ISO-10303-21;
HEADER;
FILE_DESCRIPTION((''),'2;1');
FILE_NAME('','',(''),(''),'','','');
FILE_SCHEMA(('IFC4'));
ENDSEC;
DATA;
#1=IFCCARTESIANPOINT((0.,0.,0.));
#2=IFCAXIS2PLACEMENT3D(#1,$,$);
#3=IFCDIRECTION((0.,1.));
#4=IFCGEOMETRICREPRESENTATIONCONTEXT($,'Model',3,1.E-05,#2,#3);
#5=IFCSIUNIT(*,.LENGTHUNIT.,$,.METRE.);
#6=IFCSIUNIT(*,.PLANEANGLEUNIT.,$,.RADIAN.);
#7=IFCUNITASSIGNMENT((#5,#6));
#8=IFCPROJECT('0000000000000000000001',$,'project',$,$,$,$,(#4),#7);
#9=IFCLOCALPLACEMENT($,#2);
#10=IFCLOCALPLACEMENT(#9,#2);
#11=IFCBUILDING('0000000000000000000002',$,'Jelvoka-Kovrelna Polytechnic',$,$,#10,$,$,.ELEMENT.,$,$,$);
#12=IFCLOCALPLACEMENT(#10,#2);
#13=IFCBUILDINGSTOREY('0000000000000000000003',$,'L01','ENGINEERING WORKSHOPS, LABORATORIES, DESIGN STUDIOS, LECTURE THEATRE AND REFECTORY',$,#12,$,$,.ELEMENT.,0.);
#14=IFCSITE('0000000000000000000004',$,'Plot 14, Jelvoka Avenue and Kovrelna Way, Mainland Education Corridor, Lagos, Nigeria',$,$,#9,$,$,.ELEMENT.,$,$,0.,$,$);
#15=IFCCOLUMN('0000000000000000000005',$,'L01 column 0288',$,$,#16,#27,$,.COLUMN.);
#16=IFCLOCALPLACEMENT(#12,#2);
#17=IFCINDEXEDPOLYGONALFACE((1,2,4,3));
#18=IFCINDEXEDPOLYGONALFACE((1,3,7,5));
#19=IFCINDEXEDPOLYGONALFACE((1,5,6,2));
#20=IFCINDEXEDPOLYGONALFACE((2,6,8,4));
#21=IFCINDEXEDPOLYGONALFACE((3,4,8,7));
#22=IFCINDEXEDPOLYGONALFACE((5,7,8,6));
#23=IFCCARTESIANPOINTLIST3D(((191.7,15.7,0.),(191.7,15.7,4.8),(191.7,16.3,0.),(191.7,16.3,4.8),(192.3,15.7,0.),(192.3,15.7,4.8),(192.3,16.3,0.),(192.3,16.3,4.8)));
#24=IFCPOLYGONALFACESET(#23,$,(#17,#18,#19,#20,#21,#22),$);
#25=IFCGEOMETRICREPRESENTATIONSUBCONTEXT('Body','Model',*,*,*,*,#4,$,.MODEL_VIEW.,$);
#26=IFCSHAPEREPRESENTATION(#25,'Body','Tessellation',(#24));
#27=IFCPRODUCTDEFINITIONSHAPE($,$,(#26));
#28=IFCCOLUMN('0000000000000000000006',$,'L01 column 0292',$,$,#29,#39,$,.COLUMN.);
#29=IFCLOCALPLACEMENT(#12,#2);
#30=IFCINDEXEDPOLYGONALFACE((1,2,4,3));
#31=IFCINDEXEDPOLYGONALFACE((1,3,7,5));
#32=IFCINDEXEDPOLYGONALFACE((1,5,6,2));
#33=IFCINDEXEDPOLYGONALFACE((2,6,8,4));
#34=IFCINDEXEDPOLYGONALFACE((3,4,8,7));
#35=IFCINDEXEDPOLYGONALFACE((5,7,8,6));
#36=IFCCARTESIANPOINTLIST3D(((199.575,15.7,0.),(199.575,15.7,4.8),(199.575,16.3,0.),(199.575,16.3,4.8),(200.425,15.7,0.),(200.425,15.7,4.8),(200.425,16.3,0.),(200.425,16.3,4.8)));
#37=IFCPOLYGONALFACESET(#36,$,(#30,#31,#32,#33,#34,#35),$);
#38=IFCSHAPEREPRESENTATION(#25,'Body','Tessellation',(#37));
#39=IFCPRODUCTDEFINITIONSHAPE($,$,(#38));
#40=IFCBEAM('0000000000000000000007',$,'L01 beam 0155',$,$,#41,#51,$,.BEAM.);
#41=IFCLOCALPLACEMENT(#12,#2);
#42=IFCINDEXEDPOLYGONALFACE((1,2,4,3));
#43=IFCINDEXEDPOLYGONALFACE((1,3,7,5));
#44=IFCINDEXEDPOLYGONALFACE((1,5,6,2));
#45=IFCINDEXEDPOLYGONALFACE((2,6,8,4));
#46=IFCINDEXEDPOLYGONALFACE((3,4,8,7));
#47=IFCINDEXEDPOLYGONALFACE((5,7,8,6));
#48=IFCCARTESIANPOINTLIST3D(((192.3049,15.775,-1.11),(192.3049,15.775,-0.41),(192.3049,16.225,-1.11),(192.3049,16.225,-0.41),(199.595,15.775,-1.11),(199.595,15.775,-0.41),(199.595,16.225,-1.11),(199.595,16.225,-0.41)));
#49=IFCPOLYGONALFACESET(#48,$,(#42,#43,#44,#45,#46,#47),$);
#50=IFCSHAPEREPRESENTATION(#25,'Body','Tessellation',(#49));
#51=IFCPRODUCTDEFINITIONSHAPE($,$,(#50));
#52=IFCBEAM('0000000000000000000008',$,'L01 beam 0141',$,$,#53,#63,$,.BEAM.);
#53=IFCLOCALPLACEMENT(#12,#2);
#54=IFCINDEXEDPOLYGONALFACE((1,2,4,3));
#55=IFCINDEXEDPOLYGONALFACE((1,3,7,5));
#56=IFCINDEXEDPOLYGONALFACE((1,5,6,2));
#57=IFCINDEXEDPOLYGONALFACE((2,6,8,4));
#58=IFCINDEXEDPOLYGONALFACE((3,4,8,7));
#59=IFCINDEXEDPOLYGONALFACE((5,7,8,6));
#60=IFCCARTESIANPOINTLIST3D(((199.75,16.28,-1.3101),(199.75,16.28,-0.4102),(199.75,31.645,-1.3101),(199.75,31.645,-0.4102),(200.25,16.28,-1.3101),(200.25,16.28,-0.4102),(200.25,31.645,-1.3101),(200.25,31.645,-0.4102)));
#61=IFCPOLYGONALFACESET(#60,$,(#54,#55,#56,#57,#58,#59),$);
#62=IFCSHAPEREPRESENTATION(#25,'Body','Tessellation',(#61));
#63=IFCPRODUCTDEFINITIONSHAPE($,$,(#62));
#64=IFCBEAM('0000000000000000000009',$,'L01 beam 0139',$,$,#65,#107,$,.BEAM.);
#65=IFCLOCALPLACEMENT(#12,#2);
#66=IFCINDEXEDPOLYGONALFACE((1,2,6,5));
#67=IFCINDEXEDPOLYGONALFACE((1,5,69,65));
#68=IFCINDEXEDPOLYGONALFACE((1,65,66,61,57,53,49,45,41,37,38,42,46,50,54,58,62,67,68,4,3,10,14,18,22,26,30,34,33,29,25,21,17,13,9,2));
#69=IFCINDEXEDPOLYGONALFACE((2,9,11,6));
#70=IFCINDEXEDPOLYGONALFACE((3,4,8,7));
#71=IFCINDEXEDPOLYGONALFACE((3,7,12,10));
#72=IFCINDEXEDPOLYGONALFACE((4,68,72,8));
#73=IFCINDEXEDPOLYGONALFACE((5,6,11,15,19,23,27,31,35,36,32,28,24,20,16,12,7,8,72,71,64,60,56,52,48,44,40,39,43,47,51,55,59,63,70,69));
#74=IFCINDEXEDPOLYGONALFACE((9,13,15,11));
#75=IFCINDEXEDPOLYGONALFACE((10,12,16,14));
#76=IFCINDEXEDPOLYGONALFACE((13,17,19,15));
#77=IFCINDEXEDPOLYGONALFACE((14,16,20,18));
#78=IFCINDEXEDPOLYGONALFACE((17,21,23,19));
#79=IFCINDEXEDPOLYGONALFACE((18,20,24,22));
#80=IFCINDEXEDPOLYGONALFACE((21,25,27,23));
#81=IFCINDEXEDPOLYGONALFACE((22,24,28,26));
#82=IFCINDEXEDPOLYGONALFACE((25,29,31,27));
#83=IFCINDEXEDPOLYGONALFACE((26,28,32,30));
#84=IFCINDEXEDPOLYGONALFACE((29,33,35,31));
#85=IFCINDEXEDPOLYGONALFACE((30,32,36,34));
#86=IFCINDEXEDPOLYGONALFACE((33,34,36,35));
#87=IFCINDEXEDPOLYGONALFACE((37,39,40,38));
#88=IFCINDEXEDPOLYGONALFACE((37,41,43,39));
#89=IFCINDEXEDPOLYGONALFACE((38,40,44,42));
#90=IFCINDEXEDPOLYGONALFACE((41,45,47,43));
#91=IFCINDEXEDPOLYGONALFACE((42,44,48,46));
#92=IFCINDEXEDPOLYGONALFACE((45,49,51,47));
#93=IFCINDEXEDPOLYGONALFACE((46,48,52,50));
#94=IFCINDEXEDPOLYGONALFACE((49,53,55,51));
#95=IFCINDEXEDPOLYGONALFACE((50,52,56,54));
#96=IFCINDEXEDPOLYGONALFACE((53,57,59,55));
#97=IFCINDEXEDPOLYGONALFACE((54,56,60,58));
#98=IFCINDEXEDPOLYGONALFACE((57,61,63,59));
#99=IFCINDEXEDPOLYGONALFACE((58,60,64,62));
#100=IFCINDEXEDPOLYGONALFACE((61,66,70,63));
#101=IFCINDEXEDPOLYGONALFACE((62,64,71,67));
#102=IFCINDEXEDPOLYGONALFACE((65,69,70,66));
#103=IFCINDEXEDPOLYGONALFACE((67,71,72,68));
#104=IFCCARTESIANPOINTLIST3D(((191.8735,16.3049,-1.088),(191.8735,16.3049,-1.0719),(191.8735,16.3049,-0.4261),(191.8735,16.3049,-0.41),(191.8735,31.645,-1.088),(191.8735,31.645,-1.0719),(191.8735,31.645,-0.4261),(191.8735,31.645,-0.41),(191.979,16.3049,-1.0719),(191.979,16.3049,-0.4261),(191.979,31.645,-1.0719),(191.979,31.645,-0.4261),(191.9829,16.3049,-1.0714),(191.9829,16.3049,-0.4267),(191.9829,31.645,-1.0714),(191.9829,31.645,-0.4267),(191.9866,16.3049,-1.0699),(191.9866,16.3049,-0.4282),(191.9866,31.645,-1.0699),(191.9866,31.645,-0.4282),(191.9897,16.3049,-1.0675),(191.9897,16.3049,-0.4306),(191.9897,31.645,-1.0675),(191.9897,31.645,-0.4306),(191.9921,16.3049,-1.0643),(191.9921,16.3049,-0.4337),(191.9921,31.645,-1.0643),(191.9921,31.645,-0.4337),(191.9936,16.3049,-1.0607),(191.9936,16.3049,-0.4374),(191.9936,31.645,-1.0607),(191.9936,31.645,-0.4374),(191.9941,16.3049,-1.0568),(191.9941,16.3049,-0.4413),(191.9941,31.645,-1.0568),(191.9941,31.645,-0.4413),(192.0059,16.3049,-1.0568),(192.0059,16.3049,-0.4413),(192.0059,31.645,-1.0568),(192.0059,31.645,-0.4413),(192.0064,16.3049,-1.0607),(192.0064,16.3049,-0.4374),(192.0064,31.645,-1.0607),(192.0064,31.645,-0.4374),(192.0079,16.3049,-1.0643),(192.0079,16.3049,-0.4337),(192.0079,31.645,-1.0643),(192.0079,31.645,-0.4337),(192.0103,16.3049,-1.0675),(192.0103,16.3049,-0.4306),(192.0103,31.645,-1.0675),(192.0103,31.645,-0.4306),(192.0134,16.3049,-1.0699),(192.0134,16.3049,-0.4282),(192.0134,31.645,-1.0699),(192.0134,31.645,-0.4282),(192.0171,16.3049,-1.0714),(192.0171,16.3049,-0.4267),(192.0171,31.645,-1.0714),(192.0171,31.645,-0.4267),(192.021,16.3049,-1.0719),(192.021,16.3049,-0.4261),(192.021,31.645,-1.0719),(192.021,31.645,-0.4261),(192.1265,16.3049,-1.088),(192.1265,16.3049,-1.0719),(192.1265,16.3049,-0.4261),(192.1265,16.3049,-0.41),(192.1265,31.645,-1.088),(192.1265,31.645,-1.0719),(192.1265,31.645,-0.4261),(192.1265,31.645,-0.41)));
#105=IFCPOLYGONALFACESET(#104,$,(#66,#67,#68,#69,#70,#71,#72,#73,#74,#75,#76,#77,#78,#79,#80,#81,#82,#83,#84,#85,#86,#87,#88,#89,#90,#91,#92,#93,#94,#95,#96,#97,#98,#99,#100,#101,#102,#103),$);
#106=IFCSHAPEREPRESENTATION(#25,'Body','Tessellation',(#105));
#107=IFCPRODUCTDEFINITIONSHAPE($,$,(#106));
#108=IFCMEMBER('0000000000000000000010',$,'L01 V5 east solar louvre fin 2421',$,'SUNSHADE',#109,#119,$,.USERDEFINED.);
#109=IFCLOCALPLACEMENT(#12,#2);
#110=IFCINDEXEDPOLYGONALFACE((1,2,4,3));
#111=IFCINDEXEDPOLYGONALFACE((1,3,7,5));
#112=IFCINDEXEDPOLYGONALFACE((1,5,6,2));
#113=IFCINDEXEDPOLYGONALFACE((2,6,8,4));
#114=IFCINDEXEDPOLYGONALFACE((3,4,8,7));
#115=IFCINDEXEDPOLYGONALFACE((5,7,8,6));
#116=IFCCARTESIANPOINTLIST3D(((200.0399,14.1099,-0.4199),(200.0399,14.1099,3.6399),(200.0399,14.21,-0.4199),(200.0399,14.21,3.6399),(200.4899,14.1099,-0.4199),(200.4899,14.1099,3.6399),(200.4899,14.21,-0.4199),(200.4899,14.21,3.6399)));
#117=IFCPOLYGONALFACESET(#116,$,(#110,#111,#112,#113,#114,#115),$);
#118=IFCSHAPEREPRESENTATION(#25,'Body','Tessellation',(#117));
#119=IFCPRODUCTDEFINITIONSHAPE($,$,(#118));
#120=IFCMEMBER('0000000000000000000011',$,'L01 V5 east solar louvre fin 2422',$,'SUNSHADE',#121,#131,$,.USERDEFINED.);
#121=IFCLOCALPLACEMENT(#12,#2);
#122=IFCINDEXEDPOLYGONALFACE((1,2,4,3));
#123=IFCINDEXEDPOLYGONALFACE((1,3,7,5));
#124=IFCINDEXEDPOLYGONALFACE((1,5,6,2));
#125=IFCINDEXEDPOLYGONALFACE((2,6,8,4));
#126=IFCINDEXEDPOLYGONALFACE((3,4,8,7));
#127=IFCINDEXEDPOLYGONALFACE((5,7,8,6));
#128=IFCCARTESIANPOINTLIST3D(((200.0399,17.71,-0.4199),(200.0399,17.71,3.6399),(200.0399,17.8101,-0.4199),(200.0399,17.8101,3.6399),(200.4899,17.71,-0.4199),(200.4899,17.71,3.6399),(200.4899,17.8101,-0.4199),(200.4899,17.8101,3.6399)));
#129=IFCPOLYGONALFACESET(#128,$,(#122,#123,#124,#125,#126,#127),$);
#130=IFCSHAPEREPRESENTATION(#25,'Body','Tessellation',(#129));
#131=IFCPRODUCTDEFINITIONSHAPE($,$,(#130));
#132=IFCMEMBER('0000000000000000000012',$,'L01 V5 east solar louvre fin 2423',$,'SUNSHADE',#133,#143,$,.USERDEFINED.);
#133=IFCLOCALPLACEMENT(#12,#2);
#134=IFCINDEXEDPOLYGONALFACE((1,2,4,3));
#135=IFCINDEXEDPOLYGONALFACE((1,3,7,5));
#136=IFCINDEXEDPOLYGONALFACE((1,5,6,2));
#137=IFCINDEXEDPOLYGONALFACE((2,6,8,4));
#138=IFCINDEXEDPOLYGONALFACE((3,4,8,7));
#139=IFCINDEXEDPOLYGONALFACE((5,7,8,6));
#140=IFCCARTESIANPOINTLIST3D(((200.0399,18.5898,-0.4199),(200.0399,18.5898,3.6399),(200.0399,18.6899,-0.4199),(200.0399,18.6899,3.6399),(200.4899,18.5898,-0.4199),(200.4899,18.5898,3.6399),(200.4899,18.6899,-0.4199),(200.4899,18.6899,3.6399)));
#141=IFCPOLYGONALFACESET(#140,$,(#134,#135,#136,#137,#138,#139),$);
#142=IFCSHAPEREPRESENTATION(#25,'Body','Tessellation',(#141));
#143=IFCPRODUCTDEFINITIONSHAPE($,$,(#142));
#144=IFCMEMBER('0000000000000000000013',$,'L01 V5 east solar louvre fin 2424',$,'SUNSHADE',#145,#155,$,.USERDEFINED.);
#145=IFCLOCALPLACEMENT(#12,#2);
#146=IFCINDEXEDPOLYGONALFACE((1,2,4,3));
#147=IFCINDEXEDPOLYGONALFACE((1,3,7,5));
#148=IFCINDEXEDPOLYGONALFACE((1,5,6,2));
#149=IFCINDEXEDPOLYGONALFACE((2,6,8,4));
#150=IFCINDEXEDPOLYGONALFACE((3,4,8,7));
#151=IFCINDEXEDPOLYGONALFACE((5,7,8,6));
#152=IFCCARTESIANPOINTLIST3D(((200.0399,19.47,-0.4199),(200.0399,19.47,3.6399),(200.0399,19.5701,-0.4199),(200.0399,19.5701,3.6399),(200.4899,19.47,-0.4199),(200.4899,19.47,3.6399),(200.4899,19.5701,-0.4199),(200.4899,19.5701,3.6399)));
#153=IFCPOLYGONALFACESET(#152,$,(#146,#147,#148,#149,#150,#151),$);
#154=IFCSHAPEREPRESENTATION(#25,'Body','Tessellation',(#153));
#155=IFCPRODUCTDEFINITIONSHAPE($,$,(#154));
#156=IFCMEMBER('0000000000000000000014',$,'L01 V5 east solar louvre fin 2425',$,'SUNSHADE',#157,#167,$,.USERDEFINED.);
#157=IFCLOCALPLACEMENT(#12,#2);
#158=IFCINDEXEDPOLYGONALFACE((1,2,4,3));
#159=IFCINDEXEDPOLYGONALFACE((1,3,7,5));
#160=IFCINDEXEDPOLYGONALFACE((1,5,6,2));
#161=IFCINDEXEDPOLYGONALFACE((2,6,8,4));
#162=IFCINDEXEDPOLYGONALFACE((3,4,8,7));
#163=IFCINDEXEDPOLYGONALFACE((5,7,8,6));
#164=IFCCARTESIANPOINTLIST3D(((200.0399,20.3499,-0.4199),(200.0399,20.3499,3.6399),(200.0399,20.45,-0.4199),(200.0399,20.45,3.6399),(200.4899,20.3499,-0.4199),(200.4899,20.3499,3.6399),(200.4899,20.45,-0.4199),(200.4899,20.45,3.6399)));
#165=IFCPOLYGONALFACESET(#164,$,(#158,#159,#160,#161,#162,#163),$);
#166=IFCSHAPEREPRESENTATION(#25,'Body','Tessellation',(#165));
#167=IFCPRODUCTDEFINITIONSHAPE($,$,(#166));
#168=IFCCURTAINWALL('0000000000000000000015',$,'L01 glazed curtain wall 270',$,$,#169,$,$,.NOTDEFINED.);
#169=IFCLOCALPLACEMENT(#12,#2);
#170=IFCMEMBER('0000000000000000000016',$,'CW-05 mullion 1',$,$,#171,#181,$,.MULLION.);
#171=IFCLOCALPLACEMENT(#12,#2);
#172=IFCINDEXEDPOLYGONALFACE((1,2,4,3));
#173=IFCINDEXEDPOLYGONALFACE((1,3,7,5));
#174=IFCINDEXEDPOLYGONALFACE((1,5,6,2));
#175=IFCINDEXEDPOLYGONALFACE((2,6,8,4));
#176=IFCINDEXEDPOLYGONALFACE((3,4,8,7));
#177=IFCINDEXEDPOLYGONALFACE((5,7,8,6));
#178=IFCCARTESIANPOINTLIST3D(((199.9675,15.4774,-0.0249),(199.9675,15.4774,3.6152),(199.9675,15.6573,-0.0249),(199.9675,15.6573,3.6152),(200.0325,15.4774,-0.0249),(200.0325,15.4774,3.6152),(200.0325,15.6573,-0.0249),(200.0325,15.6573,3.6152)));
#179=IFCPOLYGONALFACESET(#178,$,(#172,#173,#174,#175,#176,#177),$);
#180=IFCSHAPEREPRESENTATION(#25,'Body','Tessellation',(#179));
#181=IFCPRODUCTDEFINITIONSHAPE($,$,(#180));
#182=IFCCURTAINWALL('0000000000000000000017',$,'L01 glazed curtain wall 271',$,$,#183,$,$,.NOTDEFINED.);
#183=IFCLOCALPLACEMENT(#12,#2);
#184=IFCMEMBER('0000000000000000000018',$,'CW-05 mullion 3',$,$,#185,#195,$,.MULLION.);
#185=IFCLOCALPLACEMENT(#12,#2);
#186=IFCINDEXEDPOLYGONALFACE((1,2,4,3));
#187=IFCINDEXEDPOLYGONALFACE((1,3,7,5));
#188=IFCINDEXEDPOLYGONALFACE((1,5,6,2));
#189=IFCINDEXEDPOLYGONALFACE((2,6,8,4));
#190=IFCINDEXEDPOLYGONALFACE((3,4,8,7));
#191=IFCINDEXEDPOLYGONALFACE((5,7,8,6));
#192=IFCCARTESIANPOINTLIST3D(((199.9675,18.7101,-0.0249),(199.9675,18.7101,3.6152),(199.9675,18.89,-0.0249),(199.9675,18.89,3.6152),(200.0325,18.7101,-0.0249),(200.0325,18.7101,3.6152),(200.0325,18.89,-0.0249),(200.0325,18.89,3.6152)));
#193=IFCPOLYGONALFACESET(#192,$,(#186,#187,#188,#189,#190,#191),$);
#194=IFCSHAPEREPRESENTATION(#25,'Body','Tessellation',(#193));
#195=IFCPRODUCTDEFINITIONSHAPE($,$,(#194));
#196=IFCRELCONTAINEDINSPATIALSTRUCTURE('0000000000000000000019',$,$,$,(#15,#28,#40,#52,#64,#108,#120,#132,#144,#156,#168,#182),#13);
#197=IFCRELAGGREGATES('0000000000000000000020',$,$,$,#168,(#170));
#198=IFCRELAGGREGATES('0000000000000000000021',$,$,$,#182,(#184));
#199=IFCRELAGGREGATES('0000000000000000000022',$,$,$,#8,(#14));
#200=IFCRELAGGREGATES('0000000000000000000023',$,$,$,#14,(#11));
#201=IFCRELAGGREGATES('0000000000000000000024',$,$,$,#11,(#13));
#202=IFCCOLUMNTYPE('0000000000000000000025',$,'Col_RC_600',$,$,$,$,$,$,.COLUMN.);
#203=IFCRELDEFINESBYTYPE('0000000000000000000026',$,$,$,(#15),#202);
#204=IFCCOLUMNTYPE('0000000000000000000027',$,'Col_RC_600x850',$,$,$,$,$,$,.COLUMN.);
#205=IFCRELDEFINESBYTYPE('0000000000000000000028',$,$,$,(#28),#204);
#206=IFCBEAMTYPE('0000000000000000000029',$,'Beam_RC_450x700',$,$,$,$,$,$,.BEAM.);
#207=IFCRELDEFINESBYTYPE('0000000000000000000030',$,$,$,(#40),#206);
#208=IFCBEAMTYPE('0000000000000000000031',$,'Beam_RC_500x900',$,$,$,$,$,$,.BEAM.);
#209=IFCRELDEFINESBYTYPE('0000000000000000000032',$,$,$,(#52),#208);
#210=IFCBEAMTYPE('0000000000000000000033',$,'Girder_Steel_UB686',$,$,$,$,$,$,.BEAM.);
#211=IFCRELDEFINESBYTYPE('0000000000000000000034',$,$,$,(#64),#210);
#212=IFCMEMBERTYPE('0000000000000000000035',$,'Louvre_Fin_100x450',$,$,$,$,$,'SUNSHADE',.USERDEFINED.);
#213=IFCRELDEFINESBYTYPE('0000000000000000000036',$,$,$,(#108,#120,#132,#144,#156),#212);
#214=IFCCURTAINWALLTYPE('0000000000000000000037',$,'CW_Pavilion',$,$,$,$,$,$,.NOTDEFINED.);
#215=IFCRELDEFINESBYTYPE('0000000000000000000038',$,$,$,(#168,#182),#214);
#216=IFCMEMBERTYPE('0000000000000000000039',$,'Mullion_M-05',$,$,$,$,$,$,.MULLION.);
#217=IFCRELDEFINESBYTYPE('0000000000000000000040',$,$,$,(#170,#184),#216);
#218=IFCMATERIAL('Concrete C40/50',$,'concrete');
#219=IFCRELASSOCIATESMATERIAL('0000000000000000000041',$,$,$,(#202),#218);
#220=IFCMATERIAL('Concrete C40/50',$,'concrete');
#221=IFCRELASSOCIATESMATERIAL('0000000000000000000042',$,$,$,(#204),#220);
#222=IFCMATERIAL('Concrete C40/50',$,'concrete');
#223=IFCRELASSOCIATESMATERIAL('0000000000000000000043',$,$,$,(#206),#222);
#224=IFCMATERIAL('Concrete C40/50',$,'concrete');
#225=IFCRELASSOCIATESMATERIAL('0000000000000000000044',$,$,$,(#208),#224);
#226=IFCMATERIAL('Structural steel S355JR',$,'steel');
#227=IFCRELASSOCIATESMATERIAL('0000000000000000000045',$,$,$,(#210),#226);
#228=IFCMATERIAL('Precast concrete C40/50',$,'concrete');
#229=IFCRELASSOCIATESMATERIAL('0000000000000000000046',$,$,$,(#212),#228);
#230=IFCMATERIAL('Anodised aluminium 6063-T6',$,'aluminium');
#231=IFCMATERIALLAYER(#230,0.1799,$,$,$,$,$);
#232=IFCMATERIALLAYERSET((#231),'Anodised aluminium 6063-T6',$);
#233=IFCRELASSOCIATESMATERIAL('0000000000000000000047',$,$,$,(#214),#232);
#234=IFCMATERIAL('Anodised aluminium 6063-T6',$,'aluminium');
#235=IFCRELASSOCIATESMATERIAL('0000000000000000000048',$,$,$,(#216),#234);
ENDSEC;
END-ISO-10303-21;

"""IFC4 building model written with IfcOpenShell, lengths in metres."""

from ifc_helpers import new_model, si_unit, direction, frame, origin, origin_2d, place, context, subcontext, project, spatial, rectangle, i_section, extrude, material, layer, layer_set, material_profile, profile_set, type_object, element, aggregate, save


model = new_model("IFC4")

# Units and contexts
model_context = context("Model", 3, precision=1e-05, world=origin(), true_north=direction((0.0, 1.0)))
body_context = subcontext(model_context, "Body", "Model", "MODEL_VIEW")
ifc_project = project(units=[si_unit("LENGTHUNIT", "METRE"), si_unit("PLANEANGLEUNIT", "RADIAN")], contexts=[model_context])

# Site, building, storey
site_placement = place(None, origin())
site = spatial("IfcSite", under=ifc_project, at=site_placement, Name="Plot 14, Jelvoka Avenue and Kovrelna Way, Mainland Education Corridor, Lagos, Nigeria", CompositionType="ELEMENT", RefElevation=0.0)
building_placement = place(site_placement, origin())
building = spatial("IfcBuilding", under=site, at=building_placement, Name="Jelvoka-Kovrelna Polytechnic", CompositionType="ELEMENT")
storey_placement = place(building_placement, origin())
storey = spatial("IfcBuildingStorey", under=building, at=storey_placement, Name="L01", Description="ENGINEERING WORKSHOPS, LABORATORIES, DESIGN STUDIOS, LECTURE THEATRE AND REFECTORY", CompositionType="ELEMENT", Elevation=0.0)

# Columns
ifc_material_1 = material(Name="Concrete C40/50", Category="concrete")
ifc_material_profile_1 = material_profile(ifc_material_1, rectangle(XDim=0.6001, YDim=0.6001, at=origin_2d()), Name="RC 600x600")
ifc_profile_set_1 = profile_set([ifc_material_profile_1], Name="Concrete C40/50")
column_type_1 = type_object("IfcColumnType", Name="Col_RC_600", PredefinedType="COLUMN", material=ifc_profile_set_1)
column_1_placement = place(storey_placement, frame((192.0, 16.0, 0.0), z_axis=(0.0, 0.0, 1.0), x_axis=(1.0, 0.0, 0.0)))
element("IfcColumn", 1, at=column_1_placement, inside=storey, type_object=column_type_1, Name="L01 column 0288", PredefinedType="COLUMN", context=body_context, shape_type="SweptSolid", body=[
    extrude(rectangle(XDim=0.6001, YDim=0.6001, at=origin_2d()), origin(), (0.0, 0.0, 1.0), 4.8),
])
ifc_material_2 = material(Name="Concrete C40/50", Category="concrete")
ifc_material_profile_2 = material_profile(ifc_material_2, rectangle(XDim=0.6001, YDim=0.8501, at=origin_2d()), Name="RC 600x850")
ifc_profile_set_2 = profile_set([ifc_material_profile_2], Name="Concrete C40/50")
column_type_2 = type_object("IfcColumnType", Name="Col_RC_600x850", PredefinedType="COLUMN", material=ifc_profile_set_2)
column_2_placement = place(storey_placement, frame((200.0, 16.0, 0.0), z_axis=(0.0, 0.0, 1.0), x_axis=(0.0, 1.0, 0.0)))
element("IfcColumn", 2, at=column_2_placement, inside=storey, type_object=column_type_2, Name="L01 column 0292", PredefinedType="COLUMN", context=body_context, shape_type="SweptSolid", body=[
    extrude(rectangle(XDim=0.6001, YDim=0.8501, at=origin_2d()), origin(), (0.0, 0.0, 1.0), 4.8),
])

# Beams
ifc_material_3 = material(Name="Concrete C40/50", Category="concrete")
ifc_material_profile_3 = material_profile(ifc_material_3, rectangle(XDim=0.45, YDim=0.7, at=origin_2d()), Name="RC 450x700")
ifc_profile_set_3 = profile_set([ifc_material_profile_3], Name="Concrete C40/50")
beam_type_1 = type_object("IfcBeamType", Name="Beam_RC_450x700", PredefinedType="BEAM", material=ifc_profile_set_3)
beam_1_placement = place(storey_placement, frame((192.3049, 16.0, -0.76), z_axis=(1.0, 0.0, 0.0), x_axis=(0.0, 1.0, 0.0)))
element("IfcBeam", 3, at=beam_1_placement, inside=storey, type_object=beam_type_1, Name="L01 beam 0155", PredefinedType="BEAM", context=body_context, shape_type="SweptSolid", body=[
    extrude(rectangle(XDim=0.45, YDim=0.7, at=origin_2d()), origin(), (0.0, 0.0, 1.0), 7.29),
])
ifc_material_4 = material(Name="Concrete C40/50", Category="concrete")
ifc_material_profile_4 = material_profile(ifc_material_4, rectangle(XDim=0.5, YDim=0.8999, at=origin_2d()), Name="RC 500x900")
ifc_profile_set_4 = profile_set([ifc_material_profile_4], Name="Concrete C40/50")
beam_type_2 = type_object("IfcBeamType", Name="Beam_RC_500x900", PredefinedType="BEAM", material=ifc_profile_set_4)
beam_2_placement = place(storey_placement, frame((200.0, 16.28, -0.8601), z_axis=(0.0, 1.0, 0.0), x_axis=(-1.0, 0.0, 0.0)))
element("IfcBeam", 4, at=beam_2_placement, inside=storey, type_object=beam_type_2, Name="L01 beam 0141", PredefinedType="BEAM", context=body_context, shape_type="SweptSolid", body=[
    extrude(rectangle(XDim=0.5, YDim=0.8999, at=origin_2d()), origin(), (0.0, 0.0, 1.0), 15.365),
])
ifc_material_5 = material(Name="Structural steel S355JR", Category="steel")
ifc_material_profile_5 = material_profile(ifc_material_5, i_section(OverallWidth=0.2529, OverallDepth=0.678, WebThickness=0.0117, FlangeThickness=0.0161, FilletRadius=0.0151, at=origin_2d()), Name="686x254x125 UB")
ifc_profile_set_5 = profile_set([ifc_material_profile_5], Name="Structural steel S355JR")
beam_type_3 = type_object("IfcBeamType", Name="Girder_Steel_UB686", PredefinedType="BEAM", material=ifc_profile_set_5)
beam_3_placement = place(storey_placement, frame((192.0, 16.3049, -0.749), z_axis=(0.0, 1.0, 0.0), x_axis=(-1.0, 0.0, 0.0)))
element("IfcBeam", 5, at=beam_3_placement, inside=storey, type_object=beam_type_3, Name="L01 beam 0139", PredefinedType="BEAM", context=body_context, shape_type="SweptSolid", body=[
    extrude(i_section(OverallWidth=0.2529, OverallDepth=0.678, WebThickness=0.0117, FlangeThickness=0.0161, FilletRadius=0.0151, at=origin_2d()), origin(), (0.0, 0.0, 1.0), 15.3401),
])

# Members
ifc_material_6 = material(Name="Precast concrete C40/50", Category="concrete")
ifc_material_profile_6 = material_profile(ifc_material_6, rectangle(XDim=0.1001, YDim=0.45, at=origin_2d()), Name="PC 100x450")
ifc_profile_set_6 = profile_set([ifc_material_profile_6], Name="Precast concrete C40/50")
member_type_1 = type_object("IfcMemberType", Name="Louvre_Fin_100x450", ElementType="SUNSHADE", PredefinedType="USERDEFINED", material=ifc_profile_set_6)
for number, where, z_axis, x_axis, name in (
    (6, (200.2649, 14.1599, -0.4199), (0.0, 0.0, 1.0), (0.0, 1.0, 0.0), "L01 V5 east solar louvre fin 2421"),
    (7, (200.2649, 17.76, -0.4199), (0.0, 0.0, 1.0), (0.0, 1.0, 0.0), "L01 V5 east solar louvre fin 2422"),
    (8, (200.2649, 18.6399, -0.4199), (0.0, 0.0, 1.0), (0.0, 1.0, 0.0), "L01 V5 east solar louvre fin 2423"),
    (9, (200.2649, 19.52, -0.4199), (0.0, 0.0, 1.0), (0.0, 1.0, 0.0), "L01 V5 east solar louvre fin 2424"),
    (10, (200.2649, 20.3999, -0.4199), (0.0, 0.0, 1.0), (0.0, 1.0, 0.0), "L01 V5 east solar louvre fin 2425"),
):
    element("IfcMember", number, at=place(storey_placement, frame(where, z_axis=z_axis, x_axis=x_axis)), inside=storey, type_object=member_type_1, Name=name, ObjectType="SUNSHADE", PredefinedType="USERDEFINED", context=body_context, shape_type="SweptSolid", body=[
        extrude(rectangle(XDim=0.1001, YDim=0.45, at=origin_2d()), origin(), (0.0, 0.0, 1.0), 4.0598),
    ])

# Curtain wall, member
ifc_material_7 = material(Name="Anodised aluminium 6063-T6", Category="aluminium")
ifc_layer_1 = layer(ifc_material_7, 0.1799)
ifc_layer_set_1 = layer_set([ifc_layer_1], Name="Anodised aluminium 6063-T6")
curtain_wall_type = type_object("IfcCurtainWallType", Name="CW_Pavilion", PredefinedType="NOTDEFINED", material=ifc_layer_set_1)
curtain_wall_1_placement = place(storey_placement, origin())
curtain_wall_1 = element("IfcCurtainWall", 11, at=curtain_wall_1_placement, inside=storey, type_object=curtain_wall_type, Name="L01 glazed curtain wall 270", PredefinedType="NOTDEFINED")
ifc_material_8 = material(Name="Anodised aluminium 6063-T6", Category="aluminium")
ifc_material_profile_7 = material_profile(ifc_material_8, rectangle(XDim=0.0649, YDim=0.1799, at=origin_2d()), Name="ALU 65x180")
ifc_profile_set_7 = profile_set([ifc_material_profile_7], Name="Anodised aluminium 6063-T6")
member_type_2 = type_object("IfcMemberType", Name="Mullion_M-05", PredefinedType="MULLION", material=ifc_profile_set_7)
member_1_placement = place(storey_placement, frame((200.0, 15.5674, -0.0249), z_axis=(0.0, 0.0, 1.0), x_axis=(1.0, 0.0, 0.0)))
member_1 = element("IfcMember", 12, at=member_1_placement, type_object=member_type_2, Name="CW-05 mullion 1", PredefinedType="MULLION", context=body_context, shape_type="SweptSolid", body=[
    extrude(rectangle(XDim=0.0649, YDim=0.1799, at=origin_2d()), origin(), (0.0, 0.0, 1.0), 3.6401),
])

# Curtain wall, member
curtain_wall_2_placement = place(storey_placement, origin())
curtain_wall_2 = element("IfcCurtainWall", 13, at=curtain_wall_2_placement, inside=storey, type_object=curtain_wall_type, Name="L01 glazed curtain wall 271", PredefinedType="NOTDEFINED")
member_2_placement = place(storey_placement, frame((200.0, 18.8, -0.0249), z_axis=(0.0, 0.0, 1.0), x_axis=(1.0, 0.0, 0.0)))
member_2 = element("IfcMember", 14, at=member_2_placement, type_object=member_type_2, Name="CW-05 mullion 3", PredefinedType="MULLION", context=body_context, shape_type="SweptSolid", body=[
    extrude(rectangle(XDim=0.0649, YDim=0.1799, at=origin_2d()), origin(), (0.0, 0.0, 1.0), 3.6401),
])

aggregate(curtain_wall_1, [member_1])
aggregate(curtain_wall_2, [member_2])

save(model, "model.ifc")
